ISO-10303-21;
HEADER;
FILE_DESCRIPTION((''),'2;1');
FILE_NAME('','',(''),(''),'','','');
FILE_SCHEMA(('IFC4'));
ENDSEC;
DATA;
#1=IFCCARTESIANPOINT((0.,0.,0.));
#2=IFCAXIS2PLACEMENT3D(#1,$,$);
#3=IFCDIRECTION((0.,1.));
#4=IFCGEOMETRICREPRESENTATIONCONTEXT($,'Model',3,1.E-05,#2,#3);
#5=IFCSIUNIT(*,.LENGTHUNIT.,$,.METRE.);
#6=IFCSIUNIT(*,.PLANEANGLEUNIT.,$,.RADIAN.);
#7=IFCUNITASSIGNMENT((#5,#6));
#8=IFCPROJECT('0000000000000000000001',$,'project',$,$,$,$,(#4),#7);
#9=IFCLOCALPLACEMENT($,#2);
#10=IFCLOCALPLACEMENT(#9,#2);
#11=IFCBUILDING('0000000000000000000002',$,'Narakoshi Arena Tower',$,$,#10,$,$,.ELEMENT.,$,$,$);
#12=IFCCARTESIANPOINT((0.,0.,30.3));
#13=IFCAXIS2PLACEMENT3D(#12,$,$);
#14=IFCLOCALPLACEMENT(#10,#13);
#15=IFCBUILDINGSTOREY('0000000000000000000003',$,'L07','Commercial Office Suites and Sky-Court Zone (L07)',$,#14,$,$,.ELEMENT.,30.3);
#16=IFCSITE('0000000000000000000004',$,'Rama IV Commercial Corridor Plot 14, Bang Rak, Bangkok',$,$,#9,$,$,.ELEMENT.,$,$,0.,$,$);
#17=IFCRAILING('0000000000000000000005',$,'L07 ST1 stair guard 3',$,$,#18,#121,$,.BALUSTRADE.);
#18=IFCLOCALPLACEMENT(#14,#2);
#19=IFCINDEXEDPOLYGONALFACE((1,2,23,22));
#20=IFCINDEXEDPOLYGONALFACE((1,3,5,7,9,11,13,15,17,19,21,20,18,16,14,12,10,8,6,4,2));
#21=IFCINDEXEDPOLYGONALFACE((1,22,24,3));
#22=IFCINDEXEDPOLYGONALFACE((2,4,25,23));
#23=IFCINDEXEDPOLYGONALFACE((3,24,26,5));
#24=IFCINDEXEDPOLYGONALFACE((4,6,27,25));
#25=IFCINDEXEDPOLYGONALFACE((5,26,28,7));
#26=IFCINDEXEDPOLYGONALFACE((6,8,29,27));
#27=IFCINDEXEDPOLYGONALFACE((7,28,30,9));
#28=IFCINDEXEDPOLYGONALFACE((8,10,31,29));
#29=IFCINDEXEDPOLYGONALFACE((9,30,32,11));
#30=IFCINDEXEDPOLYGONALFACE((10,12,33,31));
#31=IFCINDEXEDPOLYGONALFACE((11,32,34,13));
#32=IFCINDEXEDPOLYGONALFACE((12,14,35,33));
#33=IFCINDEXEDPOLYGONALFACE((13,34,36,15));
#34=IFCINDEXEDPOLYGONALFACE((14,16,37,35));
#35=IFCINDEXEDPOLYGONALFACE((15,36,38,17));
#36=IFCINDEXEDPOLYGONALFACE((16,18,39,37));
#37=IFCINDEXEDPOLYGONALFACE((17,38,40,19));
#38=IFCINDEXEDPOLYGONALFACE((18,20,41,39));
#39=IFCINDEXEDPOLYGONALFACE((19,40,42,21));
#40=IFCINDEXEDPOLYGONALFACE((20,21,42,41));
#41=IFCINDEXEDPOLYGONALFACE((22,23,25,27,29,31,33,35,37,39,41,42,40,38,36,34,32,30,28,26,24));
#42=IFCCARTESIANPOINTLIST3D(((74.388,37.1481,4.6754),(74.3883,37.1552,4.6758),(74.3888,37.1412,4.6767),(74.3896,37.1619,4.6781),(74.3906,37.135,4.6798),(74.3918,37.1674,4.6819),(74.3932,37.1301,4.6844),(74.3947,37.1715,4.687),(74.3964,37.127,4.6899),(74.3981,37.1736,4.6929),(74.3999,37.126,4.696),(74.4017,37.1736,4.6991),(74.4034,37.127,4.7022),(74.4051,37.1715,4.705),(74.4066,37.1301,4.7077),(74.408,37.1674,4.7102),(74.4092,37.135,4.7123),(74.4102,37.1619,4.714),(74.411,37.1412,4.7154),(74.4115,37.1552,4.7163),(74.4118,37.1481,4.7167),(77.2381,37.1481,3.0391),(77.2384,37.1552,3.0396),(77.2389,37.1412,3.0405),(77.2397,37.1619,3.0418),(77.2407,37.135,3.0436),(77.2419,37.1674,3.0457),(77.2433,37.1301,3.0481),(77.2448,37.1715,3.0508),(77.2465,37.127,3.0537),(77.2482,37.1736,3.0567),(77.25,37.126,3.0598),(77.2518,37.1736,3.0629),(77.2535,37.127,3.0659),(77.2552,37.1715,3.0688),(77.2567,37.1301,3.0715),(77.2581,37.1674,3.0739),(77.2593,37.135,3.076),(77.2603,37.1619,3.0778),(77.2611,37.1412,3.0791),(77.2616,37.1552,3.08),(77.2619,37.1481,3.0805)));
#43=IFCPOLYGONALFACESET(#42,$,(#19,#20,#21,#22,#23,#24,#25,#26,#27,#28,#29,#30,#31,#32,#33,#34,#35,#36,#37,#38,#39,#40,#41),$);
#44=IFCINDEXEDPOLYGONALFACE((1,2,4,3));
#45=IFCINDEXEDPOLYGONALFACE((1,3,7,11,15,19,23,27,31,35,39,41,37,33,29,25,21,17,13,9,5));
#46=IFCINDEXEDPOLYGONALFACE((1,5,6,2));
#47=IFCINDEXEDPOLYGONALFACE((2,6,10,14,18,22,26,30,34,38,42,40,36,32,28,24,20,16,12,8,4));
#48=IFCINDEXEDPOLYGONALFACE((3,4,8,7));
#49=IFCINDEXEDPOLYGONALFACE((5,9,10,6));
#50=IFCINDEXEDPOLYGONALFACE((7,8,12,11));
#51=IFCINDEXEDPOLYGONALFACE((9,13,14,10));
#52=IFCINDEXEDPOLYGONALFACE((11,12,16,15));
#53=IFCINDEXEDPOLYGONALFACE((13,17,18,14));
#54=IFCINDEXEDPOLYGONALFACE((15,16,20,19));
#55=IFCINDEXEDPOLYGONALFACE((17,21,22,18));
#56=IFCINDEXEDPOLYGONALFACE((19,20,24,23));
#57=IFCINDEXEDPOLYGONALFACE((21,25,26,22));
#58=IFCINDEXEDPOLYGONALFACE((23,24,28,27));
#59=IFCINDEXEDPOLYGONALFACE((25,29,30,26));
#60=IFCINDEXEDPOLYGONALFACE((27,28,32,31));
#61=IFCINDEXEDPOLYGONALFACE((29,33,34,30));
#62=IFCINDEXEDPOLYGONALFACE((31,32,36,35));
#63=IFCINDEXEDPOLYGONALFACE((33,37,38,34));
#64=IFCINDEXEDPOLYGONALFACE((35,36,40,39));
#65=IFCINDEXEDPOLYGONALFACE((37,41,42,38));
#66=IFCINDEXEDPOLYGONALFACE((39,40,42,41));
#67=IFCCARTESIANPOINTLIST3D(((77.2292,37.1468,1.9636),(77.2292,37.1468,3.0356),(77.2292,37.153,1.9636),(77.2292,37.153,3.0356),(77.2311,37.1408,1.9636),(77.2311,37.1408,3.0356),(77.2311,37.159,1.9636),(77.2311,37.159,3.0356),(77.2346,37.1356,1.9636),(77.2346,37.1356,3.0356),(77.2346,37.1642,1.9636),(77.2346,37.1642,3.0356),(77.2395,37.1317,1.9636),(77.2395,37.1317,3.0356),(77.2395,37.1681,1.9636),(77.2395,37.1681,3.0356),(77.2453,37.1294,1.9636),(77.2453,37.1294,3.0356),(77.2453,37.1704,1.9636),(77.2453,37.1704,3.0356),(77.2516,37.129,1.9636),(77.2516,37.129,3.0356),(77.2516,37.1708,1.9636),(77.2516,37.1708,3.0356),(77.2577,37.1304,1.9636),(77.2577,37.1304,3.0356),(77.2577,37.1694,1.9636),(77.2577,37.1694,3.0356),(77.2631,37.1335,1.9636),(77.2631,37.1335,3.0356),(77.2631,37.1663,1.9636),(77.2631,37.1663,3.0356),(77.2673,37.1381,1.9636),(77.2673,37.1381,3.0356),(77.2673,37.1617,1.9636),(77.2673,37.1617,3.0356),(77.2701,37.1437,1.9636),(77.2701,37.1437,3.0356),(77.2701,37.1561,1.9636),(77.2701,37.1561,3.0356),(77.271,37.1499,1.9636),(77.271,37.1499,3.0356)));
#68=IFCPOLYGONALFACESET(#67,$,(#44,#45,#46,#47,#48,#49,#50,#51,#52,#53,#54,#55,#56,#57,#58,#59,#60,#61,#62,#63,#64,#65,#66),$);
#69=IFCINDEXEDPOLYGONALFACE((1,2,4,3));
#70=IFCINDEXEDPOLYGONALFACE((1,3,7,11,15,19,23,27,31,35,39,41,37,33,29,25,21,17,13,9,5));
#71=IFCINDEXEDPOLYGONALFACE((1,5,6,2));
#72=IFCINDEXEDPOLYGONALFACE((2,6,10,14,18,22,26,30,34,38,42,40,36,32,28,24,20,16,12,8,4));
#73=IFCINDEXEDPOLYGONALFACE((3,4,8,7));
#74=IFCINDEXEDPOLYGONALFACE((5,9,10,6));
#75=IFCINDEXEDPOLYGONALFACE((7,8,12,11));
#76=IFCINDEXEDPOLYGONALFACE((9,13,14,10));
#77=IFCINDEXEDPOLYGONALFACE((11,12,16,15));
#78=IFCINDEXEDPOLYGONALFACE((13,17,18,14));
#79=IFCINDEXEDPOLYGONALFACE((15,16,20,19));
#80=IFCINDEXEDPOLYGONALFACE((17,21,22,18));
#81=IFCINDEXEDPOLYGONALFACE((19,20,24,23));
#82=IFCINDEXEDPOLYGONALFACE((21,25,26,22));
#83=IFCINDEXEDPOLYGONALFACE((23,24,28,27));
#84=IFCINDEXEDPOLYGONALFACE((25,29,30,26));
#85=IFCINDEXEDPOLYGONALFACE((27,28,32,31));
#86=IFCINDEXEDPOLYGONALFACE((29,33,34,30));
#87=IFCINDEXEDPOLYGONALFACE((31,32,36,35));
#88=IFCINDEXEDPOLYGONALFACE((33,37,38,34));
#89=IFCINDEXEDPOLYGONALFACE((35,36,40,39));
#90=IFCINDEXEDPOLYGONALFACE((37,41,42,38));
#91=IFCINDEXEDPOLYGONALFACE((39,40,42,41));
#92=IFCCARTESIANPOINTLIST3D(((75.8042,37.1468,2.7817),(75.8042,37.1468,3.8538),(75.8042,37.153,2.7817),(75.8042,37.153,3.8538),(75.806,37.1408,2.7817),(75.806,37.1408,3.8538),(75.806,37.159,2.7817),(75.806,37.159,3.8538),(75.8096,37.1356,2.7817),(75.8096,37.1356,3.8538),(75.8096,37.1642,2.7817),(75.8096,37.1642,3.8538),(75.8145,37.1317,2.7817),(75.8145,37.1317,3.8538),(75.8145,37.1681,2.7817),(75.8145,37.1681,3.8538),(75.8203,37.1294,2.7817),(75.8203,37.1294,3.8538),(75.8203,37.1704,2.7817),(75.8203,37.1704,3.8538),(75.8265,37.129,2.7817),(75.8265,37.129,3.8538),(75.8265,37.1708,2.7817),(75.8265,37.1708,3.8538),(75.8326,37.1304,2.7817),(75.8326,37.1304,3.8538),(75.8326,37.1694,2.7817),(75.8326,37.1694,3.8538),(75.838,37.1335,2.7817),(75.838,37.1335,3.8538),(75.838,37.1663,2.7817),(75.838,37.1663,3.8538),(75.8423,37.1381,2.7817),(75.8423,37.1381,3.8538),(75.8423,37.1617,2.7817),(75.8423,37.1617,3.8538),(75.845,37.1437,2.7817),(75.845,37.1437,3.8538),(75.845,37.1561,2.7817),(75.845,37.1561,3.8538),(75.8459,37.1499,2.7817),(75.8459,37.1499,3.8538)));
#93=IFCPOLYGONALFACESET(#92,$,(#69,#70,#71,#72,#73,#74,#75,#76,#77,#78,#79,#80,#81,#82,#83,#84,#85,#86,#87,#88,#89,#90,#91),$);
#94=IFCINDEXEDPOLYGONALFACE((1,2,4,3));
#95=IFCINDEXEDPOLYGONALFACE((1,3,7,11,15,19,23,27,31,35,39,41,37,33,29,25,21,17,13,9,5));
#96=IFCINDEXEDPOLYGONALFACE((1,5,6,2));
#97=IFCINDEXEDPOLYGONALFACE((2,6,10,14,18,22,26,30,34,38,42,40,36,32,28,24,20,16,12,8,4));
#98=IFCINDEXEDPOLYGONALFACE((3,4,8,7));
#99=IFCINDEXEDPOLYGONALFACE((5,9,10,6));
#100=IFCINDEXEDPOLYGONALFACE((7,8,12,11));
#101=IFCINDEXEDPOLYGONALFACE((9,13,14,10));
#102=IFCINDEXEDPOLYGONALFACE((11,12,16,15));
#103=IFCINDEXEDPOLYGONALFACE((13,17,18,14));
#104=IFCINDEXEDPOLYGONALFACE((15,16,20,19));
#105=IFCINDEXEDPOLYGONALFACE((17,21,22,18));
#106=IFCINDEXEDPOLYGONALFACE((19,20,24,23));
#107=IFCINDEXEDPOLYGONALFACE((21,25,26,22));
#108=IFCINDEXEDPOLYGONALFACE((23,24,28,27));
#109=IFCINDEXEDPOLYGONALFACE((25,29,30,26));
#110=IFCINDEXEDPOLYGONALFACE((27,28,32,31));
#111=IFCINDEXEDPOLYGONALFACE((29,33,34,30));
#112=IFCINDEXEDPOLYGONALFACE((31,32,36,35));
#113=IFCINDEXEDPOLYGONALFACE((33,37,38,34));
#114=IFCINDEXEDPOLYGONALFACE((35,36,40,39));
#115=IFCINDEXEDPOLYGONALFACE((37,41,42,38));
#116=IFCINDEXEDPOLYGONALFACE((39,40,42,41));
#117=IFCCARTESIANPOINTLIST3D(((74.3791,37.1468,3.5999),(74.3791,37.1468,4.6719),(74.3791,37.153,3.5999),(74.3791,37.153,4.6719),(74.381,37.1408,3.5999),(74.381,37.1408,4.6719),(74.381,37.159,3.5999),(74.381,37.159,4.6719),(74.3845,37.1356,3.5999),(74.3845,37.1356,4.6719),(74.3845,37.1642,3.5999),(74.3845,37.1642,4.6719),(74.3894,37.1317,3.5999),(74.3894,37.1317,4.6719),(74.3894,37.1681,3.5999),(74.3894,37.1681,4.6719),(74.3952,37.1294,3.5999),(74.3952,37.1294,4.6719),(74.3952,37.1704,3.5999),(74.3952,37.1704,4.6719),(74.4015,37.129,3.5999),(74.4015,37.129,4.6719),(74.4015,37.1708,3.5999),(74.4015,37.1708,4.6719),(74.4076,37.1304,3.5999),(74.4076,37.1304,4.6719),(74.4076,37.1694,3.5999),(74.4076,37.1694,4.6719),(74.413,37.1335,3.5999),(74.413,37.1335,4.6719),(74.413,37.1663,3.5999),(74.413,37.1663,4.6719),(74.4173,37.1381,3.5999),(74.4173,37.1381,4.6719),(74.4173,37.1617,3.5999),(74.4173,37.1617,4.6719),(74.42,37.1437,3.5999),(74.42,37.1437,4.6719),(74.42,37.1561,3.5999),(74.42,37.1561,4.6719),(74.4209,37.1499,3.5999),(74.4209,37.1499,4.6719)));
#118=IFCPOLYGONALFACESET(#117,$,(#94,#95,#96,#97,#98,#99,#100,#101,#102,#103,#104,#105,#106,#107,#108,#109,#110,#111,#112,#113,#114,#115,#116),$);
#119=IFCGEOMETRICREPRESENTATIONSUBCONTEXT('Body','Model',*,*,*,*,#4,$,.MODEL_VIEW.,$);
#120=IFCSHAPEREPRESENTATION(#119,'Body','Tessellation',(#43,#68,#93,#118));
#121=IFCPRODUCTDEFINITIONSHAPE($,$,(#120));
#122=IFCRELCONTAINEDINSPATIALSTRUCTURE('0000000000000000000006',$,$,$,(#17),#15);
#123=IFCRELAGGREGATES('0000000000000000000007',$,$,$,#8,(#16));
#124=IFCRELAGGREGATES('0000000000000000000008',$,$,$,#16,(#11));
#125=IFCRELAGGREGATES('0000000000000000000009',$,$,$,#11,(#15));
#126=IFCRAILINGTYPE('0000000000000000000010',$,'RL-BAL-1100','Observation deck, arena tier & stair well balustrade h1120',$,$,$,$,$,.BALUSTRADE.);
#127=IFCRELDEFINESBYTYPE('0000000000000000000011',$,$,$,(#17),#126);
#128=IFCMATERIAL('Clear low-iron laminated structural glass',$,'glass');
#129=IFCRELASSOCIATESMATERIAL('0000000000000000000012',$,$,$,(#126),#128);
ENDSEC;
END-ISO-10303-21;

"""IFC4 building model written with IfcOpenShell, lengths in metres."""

from ifc_helpers import new_model, si_unit, direction, frame, origin, origin_2d, place, context, subcontext, project, spatial, circle, extrude, material, type_object, element, save


model = new_model("IFC4")

# Units and contexts
model_context = context("Model", 3, precision=1e-05, world=origin(), true_north=direction((0.0, 1.0)))
body_context = subcontext(model_context, "Body", "Model", "MODEL_VIEW")
ifc_project = project(units=[si_unit("LENGTHUNIT", "METRE"), si_unit("PLANEANGLEUNIT", "RADIAN")], contexts=[model_context])

# Site, building, storey
site_placement = place(None, origin())
site = spatial("IfcSite", under=ifc_project, at=site_placement, Name="Rama IV Commercial Corridor Plot 14, Bang Rak, Bangkok", CompositionType="ELEMENT", RefElevation=0.0)
building_placement = place(site_placement, origin())
building = spatial("IfcBuilding", under=site, at=building_placement, Name="Narakoshi Arena Tower", CompositionType="ELEMENT")
storey_placement = place(building_placement, frame((0.0, 0.0, 30.3)))
storey = spatial("IfcBuildingStorey", under=building, at=storey_placement, Name="L07", Description="Commercial Office Suites and Sky-Court Zone (L07)", CompositionType="ELEMENT", Elevation=30.3)

# Railing
ifc_material_1 = material(Name="Clear low-iron laminated structural glass", Category="glass")
railing_type_1 = type_object("IfcRailingType", Name="RL-BAL-1100", Description="Observation deck, arena tier & stair well balustrade h1120", PredefinedType="BALUSTRADE", material=ifc_material_1)
railing_1_placement = place(storey_placement, frame((77.25, 37.1499, 1.9636)))
element("IfcRailing", 1, at=railing_1_placement, inside=storey, type_object=railing_type_1, Name="L07 ST1 stair guard 3", PredefinedType="BALUSTRADE", context=body_context, shape_type="SweptSolid", body=[
    extrude(circle(Radius=0.0239, at=origin_2d()), frame((0.0, 0.0, 1.0962), z_axis=(-0.867245, 0.0, 0.497882), x_axis=(0.0, -1.0, 0.0)), (0.0, 0.0, 1.0), 3.2864),
    extrude(circle(Radius=0.021, at=origin_2d()), origin(), (0.0, 0.0, 1.0), 1.072),
    extrude(circle(Radius=0.021, at=origin_2d()), frame((-1.425, 0.0, 0.8181)), (0.0, 0.0, 1.0), 1.072),
    extrude(circle(Radius=0.021, at=origin_2d()), frame((-2.8501, 0.0, 1.6362)), (0.0, 0.0, 1.0), 1.072),
])

save(model, "model.ifc")
